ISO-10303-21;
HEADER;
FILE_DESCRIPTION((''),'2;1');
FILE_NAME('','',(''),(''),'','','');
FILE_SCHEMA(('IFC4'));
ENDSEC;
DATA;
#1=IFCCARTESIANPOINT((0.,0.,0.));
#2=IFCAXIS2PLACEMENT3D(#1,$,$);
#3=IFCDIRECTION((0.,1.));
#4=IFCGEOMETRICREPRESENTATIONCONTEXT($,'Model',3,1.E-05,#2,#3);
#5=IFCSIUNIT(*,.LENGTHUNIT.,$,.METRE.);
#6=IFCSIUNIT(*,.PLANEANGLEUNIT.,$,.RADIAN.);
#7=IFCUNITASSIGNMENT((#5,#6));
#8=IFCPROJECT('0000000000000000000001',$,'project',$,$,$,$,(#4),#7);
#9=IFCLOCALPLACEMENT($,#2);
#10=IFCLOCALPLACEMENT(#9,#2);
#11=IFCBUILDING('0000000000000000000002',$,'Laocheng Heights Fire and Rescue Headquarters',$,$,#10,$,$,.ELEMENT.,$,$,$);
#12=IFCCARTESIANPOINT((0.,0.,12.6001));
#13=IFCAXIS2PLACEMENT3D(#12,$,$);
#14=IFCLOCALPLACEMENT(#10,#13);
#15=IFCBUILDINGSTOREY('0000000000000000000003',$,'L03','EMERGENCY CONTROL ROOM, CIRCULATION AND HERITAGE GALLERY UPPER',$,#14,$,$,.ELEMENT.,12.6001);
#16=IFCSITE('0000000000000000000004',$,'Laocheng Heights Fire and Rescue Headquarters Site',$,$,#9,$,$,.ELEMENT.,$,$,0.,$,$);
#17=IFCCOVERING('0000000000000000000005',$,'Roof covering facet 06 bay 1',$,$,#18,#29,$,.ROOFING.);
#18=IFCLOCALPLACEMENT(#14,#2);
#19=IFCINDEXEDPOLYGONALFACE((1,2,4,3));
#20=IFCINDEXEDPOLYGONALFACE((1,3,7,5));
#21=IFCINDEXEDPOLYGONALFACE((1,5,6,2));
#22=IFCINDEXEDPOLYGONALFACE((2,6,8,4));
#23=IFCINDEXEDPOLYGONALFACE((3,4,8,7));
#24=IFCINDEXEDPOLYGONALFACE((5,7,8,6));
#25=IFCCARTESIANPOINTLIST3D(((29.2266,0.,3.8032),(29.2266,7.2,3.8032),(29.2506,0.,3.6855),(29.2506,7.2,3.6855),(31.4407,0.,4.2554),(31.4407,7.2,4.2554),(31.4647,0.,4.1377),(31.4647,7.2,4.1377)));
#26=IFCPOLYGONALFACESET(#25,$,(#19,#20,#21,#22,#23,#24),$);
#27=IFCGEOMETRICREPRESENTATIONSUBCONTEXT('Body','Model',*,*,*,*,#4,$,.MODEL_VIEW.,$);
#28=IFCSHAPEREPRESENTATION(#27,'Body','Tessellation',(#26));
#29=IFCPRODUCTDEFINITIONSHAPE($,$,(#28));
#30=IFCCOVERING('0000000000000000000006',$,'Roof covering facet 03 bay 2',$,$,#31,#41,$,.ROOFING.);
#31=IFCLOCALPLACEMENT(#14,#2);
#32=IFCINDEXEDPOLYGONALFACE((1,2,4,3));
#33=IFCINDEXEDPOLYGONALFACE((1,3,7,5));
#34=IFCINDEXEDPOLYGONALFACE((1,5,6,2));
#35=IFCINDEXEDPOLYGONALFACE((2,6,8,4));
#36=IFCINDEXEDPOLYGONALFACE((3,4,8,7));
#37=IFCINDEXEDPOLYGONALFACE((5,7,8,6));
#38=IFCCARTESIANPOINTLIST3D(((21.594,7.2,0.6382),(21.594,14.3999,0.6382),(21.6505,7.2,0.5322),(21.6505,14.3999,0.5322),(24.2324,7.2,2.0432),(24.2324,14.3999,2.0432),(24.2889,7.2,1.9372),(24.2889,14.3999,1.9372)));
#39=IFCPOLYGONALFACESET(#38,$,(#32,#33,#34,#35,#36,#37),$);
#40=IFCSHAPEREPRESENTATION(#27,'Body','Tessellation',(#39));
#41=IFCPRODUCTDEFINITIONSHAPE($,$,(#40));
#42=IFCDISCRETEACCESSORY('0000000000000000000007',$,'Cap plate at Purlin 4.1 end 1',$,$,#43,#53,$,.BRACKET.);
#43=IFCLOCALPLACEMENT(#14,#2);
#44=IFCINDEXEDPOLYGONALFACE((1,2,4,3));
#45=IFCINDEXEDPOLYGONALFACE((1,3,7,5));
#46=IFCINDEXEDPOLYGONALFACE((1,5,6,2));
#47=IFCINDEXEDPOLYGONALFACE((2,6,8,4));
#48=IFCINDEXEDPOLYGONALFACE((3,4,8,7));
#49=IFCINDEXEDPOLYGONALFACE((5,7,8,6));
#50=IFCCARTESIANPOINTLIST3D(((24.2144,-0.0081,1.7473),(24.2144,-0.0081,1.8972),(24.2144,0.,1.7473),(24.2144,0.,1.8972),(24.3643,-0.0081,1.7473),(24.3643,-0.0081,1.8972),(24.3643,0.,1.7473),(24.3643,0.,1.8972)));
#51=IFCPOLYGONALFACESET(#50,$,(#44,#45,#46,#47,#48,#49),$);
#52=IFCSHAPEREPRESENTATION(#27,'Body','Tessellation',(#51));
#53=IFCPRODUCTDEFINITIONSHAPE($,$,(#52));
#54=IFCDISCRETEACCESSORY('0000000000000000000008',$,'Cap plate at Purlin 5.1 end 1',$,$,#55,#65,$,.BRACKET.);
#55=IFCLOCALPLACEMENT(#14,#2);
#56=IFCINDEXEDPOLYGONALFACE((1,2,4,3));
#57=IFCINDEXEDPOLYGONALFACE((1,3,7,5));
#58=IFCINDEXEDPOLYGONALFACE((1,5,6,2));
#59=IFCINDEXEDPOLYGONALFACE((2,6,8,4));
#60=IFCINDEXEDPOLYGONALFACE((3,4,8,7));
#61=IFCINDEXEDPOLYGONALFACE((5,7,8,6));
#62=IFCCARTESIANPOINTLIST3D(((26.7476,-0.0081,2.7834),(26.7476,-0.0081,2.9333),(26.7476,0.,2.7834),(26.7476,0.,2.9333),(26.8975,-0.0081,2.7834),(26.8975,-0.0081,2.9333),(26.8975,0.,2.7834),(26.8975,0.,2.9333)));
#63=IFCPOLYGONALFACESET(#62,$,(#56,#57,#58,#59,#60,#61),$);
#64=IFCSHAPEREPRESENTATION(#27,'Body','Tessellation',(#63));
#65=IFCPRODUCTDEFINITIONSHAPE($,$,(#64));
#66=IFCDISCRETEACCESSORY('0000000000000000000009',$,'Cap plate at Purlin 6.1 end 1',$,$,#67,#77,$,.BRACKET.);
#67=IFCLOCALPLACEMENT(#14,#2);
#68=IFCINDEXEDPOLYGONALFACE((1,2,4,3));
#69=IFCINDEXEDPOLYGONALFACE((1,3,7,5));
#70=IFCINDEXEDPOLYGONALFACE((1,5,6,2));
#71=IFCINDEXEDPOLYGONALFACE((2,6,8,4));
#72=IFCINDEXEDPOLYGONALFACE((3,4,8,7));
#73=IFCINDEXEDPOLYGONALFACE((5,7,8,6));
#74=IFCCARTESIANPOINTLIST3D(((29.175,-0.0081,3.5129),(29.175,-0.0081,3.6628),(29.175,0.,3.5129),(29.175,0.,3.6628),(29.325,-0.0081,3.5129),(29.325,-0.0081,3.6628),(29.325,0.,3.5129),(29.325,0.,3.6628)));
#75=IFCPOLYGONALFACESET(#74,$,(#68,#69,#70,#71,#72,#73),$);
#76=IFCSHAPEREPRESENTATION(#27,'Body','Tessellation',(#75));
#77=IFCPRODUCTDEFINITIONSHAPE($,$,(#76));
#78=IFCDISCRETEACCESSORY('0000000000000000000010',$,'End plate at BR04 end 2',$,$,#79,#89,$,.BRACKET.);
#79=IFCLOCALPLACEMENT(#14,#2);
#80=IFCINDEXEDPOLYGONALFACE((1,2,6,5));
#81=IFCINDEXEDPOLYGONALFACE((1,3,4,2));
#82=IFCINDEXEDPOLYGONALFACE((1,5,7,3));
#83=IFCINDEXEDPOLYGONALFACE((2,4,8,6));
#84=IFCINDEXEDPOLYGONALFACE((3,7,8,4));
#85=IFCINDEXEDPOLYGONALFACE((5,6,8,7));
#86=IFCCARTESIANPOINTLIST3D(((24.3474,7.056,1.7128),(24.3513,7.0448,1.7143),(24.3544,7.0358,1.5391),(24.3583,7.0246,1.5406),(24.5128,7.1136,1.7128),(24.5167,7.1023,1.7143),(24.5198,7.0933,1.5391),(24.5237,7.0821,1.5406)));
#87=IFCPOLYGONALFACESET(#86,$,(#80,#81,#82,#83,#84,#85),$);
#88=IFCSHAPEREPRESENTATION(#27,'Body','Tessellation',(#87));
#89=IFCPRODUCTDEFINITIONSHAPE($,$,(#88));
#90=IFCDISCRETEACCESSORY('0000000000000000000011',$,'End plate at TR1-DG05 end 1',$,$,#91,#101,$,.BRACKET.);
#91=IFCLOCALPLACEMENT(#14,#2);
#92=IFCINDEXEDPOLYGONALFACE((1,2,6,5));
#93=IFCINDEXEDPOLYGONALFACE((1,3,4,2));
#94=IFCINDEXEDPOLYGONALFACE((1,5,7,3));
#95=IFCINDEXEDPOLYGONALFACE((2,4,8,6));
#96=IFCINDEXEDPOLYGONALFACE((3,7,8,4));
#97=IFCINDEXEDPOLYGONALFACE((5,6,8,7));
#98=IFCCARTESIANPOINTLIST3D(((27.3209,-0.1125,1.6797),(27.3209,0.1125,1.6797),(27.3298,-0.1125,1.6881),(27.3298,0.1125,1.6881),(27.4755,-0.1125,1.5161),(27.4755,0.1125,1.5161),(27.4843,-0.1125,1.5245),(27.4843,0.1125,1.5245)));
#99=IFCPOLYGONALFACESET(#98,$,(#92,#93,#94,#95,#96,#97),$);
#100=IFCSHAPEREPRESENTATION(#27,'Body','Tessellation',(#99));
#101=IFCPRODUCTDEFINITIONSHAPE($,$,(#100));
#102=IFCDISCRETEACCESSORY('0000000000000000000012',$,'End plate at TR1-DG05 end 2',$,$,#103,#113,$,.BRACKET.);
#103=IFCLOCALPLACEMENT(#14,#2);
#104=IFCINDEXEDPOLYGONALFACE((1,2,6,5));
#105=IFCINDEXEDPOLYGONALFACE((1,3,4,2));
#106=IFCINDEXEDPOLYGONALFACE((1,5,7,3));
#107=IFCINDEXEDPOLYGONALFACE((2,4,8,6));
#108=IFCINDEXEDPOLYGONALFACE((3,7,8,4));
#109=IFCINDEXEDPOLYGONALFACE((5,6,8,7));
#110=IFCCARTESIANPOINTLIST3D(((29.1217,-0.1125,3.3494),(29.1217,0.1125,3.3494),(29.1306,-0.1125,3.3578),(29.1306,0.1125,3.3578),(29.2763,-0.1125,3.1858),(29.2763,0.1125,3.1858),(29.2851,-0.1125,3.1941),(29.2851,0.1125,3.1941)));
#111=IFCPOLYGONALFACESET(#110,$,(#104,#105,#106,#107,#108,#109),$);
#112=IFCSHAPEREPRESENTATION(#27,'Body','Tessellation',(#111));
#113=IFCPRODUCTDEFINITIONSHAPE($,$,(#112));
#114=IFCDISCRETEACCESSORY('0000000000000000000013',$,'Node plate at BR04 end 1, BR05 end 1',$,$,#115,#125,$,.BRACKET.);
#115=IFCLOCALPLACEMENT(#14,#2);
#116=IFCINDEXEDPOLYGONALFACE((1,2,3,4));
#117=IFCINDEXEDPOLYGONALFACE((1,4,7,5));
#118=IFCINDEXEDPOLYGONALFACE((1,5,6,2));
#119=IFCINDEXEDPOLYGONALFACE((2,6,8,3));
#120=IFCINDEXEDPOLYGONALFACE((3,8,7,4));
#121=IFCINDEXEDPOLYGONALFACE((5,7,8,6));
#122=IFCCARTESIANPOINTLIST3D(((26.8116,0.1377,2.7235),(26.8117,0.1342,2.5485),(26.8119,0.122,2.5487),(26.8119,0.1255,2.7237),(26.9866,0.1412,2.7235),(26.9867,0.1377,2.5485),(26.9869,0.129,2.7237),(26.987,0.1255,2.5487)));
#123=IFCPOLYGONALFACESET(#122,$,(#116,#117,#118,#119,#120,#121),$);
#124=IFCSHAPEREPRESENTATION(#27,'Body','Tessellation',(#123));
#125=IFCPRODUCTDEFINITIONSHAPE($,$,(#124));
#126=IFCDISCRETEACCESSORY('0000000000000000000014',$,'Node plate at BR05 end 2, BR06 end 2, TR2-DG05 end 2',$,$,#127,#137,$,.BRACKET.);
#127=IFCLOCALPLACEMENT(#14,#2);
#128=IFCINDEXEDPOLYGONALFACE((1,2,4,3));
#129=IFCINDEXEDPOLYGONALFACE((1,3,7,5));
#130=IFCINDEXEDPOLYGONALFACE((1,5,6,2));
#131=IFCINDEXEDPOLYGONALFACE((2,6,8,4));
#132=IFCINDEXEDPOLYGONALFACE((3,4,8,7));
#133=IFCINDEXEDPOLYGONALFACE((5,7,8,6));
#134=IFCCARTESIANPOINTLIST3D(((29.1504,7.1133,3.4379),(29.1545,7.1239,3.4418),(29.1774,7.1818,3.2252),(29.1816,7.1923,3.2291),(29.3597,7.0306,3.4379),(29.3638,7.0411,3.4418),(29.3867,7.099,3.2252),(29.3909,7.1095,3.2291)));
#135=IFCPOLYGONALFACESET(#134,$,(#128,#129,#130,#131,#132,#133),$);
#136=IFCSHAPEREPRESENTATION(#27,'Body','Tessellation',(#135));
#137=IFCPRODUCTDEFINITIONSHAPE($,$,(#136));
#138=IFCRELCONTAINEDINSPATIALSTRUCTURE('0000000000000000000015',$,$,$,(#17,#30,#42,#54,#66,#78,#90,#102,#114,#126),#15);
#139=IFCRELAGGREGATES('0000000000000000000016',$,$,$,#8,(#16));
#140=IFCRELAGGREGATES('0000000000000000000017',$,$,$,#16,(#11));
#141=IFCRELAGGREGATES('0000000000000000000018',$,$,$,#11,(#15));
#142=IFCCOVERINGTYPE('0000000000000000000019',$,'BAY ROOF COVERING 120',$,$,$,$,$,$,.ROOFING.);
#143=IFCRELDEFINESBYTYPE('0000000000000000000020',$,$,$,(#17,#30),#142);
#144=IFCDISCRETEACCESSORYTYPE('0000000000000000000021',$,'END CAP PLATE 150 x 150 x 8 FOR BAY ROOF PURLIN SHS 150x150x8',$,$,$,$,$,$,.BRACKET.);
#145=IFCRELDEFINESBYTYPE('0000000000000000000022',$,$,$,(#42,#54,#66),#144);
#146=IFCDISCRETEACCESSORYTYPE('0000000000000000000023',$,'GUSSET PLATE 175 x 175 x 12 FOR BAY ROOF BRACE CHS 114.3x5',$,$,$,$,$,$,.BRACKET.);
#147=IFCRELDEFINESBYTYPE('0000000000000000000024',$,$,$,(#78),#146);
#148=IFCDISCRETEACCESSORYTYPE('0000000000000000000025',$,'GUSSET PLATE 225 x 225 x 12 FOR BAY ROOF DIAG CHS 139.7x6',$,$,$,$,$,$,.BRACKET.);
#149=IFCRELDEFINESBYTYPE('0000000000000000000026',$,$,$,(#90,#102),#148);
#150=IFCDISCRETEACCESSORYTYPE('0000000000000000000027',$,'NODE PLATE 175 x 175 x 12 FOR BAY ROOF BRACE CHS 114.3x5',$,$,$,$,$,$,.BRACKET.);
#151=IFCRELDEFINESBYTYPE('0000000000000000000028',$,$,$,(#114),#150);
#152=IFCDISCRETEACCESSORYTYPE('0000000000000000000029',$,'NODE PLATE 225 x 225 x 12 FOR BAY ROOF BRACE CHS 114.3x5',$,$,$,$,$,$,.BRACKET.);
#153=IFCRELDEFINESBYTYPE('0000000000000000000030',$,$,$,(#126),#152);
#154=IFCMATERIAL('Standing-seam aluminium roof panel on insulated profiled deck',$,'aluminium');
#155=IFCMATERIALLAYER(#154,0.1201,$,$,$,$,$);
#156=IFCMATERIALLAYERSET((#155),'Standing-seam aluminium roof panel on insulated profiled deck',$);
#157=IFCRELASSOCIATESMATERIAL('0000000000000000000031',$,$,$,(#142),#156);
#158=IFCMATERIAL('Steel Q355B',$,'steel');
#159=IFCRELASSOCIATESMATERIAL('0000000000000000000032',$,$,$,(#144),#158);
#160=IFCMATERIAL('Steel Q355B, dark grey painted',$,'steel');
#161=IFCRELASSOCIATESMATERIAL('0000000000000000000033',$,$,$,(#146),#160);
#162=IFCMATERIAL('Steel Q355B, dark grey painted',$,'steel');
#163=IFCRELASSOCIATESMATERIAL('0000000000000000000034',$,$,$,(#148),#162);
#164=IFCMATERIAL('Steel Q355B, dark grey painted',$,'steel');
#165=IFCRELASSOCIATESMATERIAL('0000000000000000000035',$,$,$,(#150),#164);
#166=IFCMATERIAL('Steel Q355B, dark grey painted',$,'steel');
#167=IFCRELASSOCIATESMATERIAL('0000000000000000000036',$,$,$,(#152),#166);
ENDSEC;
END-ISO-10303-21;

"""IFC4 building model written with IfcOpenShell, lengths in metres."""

from ifc_helpers import new_model, si_unit, direction, frame, origin, origin_2d, place, context, subcontext, project, spatial, polyline, rectangle, outline, extrude, material, layer, layer_set, material_profile, profile_set, type_object, element, save


model = new_model("IFC4")

# Units and contexts
model_context = context("Model", 3, precision=1e-05, world=origin(), true_north=direction((0.0, 1.0)))
body_context = subcontext(model_context, "Body", "Model", "MODEL_VIEW")
ifc_project = project(units=[si_unit("LENGTHUNIT", "METRE"), si_unit("PLANEANGLEUNIT", "RADIAN")], contexts=[model_context])

# Site, building, storey
site_placement = place(None, origin())
site = spatial("IfcSite", under=ifc_project, at=site_placement, Name="Laocheng Heights Fire and Rescue Headquarters Site", CompositionType="ELEMENT", RefElevation=0.0)
building_placement = place(site_placement, origin())
building = spatial("IfcBuilding", under=site, at=building_placement, Name="Laocheng Heights Fire and Rescue Headquarters", CompositionType="ELEMENT")
storey_placement = place(building_placement, frame((0.0, 0.0, 12.6001)))
storey = spatial("IfcBuildingStorey", under=building, at=storey_placement, Name="L03", Description="EMERGENCY CONTROL ROOM, CIRCULATION AND HERITAGE GALLERY UPPER", CompositionType="ELEMENT", Elevation=12.6001)

# Coverings
ifc_material_1 = material(Name="Standing-seam aluminium roof panel on insulated profiled deck", Category="aluminium")
ifc_layer = layer(ifc_material_1, 0.1201)
ifc_layer_set = layer_set([ifc_layer], Name="Standing-seam aluminium roof panel on insulated profiled deck")
covering_type = type_object("IfcCoveringType", Name="BAY ROOF COVERING 120", PredefinedType="ROOFING", material=ifc_layer_set)
covering_1_placement = place(storey_placement, frame((29.2266, 0.0, 3.8032), z_axis=(-0.200083, 0.0, 0.979779), x_axis=(0.979779, 0.0, 0.200083)))
element("IfcCovering", 1, at=covering_1_placement, inside=storey, type_object=covering_type, Name="Roof covering facet 06 bay 1", PredefinedType="ROOFING", context=body_context, shape_type="SweptSolid", body=[
    extrude(outline(polyline([(0.0, 0.0), (2.2598, 0.0), (2.2598, 7.2), (0.0, 7.2), (0.0, 0.0)])), origin(), (0.0, 0.0, -1.0), 0.1201),
])
covering_2_placement = place(storey_placement, frame((21.594, 7.2, 0.6382), z_axis=(-0.470033, 0.0, 0.882649), x_axis=(0.882649, 0.0, 0.470033)))
element("IfcCovering", 2, at=covering_2_placement, inside=storey, type_object=covering_type, Name="Roof covering facet 03 bay 2", PredefinedType="ROOFING", context=body_context, shape_type="SweptSolid", body=[
    extrude(outline(polyline([(0.0, 0.0), (2.9892, 0.0), (2.9892, 7.2), (0.0, 7.2), (0.0, 0.0)])), origin(), (0.0, 0.0, -1.0), 0.1201),
])

# Discrete accessories
ifc_material_2 = material(Name="Steel Q355B", Category="steel")
ifc_material_profile_1 = material_profile(ifc_material_2, rectangle(XDim=0.1499, YDim=0.1499, at=origin_2d()), Name="END CAP PLATE 150 x 150 x 8 FOR BAY ROOF PURLIN SHS 150x150x8")
ifc_profile_set_1 = profile_set([ifc_material_profile_1], Name="Steel Q355B")
discrete_accessory_type_1 = type_object("IfcDiscreteAccessoryType", Name="END CAP PLATE 150 x 150 x 8 FOR BAY ROOF PURLIN SHS 150x150x8", PredefinedType="BRACKET", material=ifc_profile_set_1)
for number, where, z_axis, x_axis, name in (
    (3, (24.2893, -0.0081, 1.8223), (0.0, 1.0, 0.0), (-1.0, 0.0, 0.0), "Cap plate at Purlin 4.1 end 1"),
    (4, (26.8225, -0.0081, 2.8584), (0.0, 1.0, 0.0), (-1.0, 0.0, 0.0), "Cap plate at Purlin 5.1 end 1"),
    (5, (29.25, -0.0081, 3.5879), (0.0, 1.0, 0.0), (-1.0, 0.0, 0.0), "Cap plate at Purlin 6.1 end 1"),
):
    element("IfcDiscreteAccessory", number, at=place(storey_placement, frame(where, z_axis=z_axis, x_axis=x_axis)), inside=storey, type_object=discrete_accessory_type_1, Name=name, PredefinedType="BRACKET", context=body_context, shape_type="SweptSolid", body=[
        extrude(rectangle(XDim=0.1499, YDim=0.1499, at=origin_2d()), origin(), (0.0, 0.0, 1.0), 0.0081),
    ])
ifc_material_3 = material(Name="Steel Q355B, dark grey painted", Category="steel")
ifc_material_profile_2 = material_profile(ifc_material_3, rectangle(XDim=0.175, YDim=0.175, at=origin_2d()), Name="GUSSET PLATE 175 x 175 x 12 FOR BAY ROOF BRACE CHS 114.3x5")
ifc_profile_set_2 = profile_set([ifc_material_profile_2], Name="Steel Q355B, dark grey painted")
discrete_accessory_type_2 = type_object("IfcDiscreteAccessoryType", Name="GUSSET PLATE 175 x 175 x 12 FOR BAY ROOF BRACE CHS 114.3x5", PredefinedType="BRACKET", material=ifc_profile_set_2)
discrete_accessory_1_placement = place(storey_placement, frame((24.4375, 7.0635, 1.6274), z_axis=(-0.326056, 0.93741, -0.122271), x_axis=(-0.944497, -0.328521, 0.0)))
element("IfcDiscreteAccessory", 6, at=discrete_accessory_1_placement, inside=storey, type_object=discrete_accessory_type_2, Name="End plate at BR04 end 2", PredefinedType="BRACKET", context=body_context, shape_type="SweptSolid", body=[
    extrude(rectangle(XDim=0.175, YDim=0.175, at=origin_2d()), origin(), (0.0, 0.0, 1.0), 0.012),
])
ifc_material_4 = material(Name="Steel Q355B, dark grey painted", Category="steel")
ifc_material_profile_3 = material_profile(ifc_material_4, rectangle(XDim=0.2251, YDim=0.2251, at=origin_2d()), Name="GUSSET PLATE 225 x 225 x 12 FOR BAY ROOF DIAG CHS 139.7x6")
ifc_profile_set_3 = profile_set([ifc_material_profile_3], Name="Steel Q355B, dark grey painted")
discrete_accessory_type_3 = type_object("IfcDiscreteAccessoryType", Name="GUSSET PLATE 225 x 225 x 12 FOR BAY ROOF DIAG CHS 139.7x6", PredefinedType="BRACKET", material=ifc_profile_set_3)
for number, where, z_axis, x_axis, name in (
    (7, (27.3982, 0.0, 1.5979), (0.727013, 0.0, 0.686624), (0.0, 1.0, 0.0), "End plate at TR1-DG05 end 1"),
    (8, (29.199, 0.0, 3.2676), (0.727013, 0.0, 0.686624), (0.0, 1.0, 0.0), "End plate at TR1-DG05 end 2"),
):
    element("IfcDiscreteAccessory", number, at=place(storey_placement, frame(where, z_axis=z_axis, x_axis=x_axis)), inside=storey, type_object=discrete_accessory_type_3, Name=name, PredefinedType="BRACKET", context=body_context, shape_type="SweptSolid", body=[
        extrude(rectangle(XDim=0.2251, YDim=0.2251, at=origin_2d()), origin(), (0.0, 0.0, 1.0), 0.0122),
    ])
ifc_material_5 = material(Name="Steel Q355B, dark grey painted", Category="steel")
ifc_material_profile_4 = material_profile(ifc_material_5, rectangle(XDim=0.175, YDim=0.175, at=origin_2d()), Name="NODE PLATE 175 x 175 x 12 FOR BAY ROOF BRACE CHS 114.3x5")
ifc_profile_set_4 = profile_set([ifc_material_profile_4], Name="Steel Q355B, dark grey painted")
discrete_accessory_type_4 = type_object("IfcDiscreteAccessoryType", Name="NODE PLATE 175 x 175 x 12 FOR BAY ROOF BRACE CHS 114.3x5", PredefinedType="BRACKET", material=ifc_profile_set_4)
discrete_accessory_2_placement = place(storey_placement, frame((26.8994, 0.1255, 2.6362), z_axis=(-0.019992, 0.9996, -0.019992), x_axis=(-0.9998, -0.019996, 0.0)))
element("IfcDiscreteAccessory", 9, at=discrete_accessory_2_placement, inside=storey, type_object=discrete_accessory_type_4, Name="Node plate at BR04 end 1, BR05 end 1", PredefinedType="BRACKET", context=body_context, shape_type="SweptSolid", body=[
    extrude(rectangle(XDim=0.175, YDim=0.175, at=origin_2d()), origin(), (0.0, 0.0, 1.0), 0.0122),
])
ifc_material_6 = material(Name="Steel Q355B, dark grey painted", Category="steel")
ifc_material_profile_5 = material_profile(ifc_material_6, rectangle(XDim=0.2251, YDim=0.2251, at=origin_2d()), Name="NODE PLATE 225 x 225 x 12 FOR BAY ROOF BRACE CHS 114.3x5")
ifc_profile_set_5 = profile_set([ifc_material_profile_5], Name="Steel Q355B, dark grey painted")
discrete_accessory_type_5 = type_object("IfcDiscreteAccessoryType", Name="NODE PLATE 225 x 225 x 12 FOR BAY ROOF BRACE CHS 114.3x5", PredefinedType="BRACKET", material=ifc_profile_set_5)
discrete_accessory_3_placement = place(storey_placement, frame((29.2727, 7.1167, 3.3354), z_axis=(-0.347446, -0.878833, -0.327008), x_axis=(0.929961, -0.367659, 0.0)))
element("IfcDiscreteAccessory", 10, at=discrete_accessory_3_placement, inside=storey, type_object=discrete_accessory_type_5, Name="Node plate at BR05 end 2, BR06 end 2, TR2-DG05 end 2", PredefinedType="BRACKET", context=body_context, shape_type="SweptSolid", body=[
    extrude(rectangle(XDim=0.2251, YDim=0.2251, at=origin_2d()), origin(), (0.0, 0.0, 1.0), 0.012),
])

save(model, "model.ifc")
